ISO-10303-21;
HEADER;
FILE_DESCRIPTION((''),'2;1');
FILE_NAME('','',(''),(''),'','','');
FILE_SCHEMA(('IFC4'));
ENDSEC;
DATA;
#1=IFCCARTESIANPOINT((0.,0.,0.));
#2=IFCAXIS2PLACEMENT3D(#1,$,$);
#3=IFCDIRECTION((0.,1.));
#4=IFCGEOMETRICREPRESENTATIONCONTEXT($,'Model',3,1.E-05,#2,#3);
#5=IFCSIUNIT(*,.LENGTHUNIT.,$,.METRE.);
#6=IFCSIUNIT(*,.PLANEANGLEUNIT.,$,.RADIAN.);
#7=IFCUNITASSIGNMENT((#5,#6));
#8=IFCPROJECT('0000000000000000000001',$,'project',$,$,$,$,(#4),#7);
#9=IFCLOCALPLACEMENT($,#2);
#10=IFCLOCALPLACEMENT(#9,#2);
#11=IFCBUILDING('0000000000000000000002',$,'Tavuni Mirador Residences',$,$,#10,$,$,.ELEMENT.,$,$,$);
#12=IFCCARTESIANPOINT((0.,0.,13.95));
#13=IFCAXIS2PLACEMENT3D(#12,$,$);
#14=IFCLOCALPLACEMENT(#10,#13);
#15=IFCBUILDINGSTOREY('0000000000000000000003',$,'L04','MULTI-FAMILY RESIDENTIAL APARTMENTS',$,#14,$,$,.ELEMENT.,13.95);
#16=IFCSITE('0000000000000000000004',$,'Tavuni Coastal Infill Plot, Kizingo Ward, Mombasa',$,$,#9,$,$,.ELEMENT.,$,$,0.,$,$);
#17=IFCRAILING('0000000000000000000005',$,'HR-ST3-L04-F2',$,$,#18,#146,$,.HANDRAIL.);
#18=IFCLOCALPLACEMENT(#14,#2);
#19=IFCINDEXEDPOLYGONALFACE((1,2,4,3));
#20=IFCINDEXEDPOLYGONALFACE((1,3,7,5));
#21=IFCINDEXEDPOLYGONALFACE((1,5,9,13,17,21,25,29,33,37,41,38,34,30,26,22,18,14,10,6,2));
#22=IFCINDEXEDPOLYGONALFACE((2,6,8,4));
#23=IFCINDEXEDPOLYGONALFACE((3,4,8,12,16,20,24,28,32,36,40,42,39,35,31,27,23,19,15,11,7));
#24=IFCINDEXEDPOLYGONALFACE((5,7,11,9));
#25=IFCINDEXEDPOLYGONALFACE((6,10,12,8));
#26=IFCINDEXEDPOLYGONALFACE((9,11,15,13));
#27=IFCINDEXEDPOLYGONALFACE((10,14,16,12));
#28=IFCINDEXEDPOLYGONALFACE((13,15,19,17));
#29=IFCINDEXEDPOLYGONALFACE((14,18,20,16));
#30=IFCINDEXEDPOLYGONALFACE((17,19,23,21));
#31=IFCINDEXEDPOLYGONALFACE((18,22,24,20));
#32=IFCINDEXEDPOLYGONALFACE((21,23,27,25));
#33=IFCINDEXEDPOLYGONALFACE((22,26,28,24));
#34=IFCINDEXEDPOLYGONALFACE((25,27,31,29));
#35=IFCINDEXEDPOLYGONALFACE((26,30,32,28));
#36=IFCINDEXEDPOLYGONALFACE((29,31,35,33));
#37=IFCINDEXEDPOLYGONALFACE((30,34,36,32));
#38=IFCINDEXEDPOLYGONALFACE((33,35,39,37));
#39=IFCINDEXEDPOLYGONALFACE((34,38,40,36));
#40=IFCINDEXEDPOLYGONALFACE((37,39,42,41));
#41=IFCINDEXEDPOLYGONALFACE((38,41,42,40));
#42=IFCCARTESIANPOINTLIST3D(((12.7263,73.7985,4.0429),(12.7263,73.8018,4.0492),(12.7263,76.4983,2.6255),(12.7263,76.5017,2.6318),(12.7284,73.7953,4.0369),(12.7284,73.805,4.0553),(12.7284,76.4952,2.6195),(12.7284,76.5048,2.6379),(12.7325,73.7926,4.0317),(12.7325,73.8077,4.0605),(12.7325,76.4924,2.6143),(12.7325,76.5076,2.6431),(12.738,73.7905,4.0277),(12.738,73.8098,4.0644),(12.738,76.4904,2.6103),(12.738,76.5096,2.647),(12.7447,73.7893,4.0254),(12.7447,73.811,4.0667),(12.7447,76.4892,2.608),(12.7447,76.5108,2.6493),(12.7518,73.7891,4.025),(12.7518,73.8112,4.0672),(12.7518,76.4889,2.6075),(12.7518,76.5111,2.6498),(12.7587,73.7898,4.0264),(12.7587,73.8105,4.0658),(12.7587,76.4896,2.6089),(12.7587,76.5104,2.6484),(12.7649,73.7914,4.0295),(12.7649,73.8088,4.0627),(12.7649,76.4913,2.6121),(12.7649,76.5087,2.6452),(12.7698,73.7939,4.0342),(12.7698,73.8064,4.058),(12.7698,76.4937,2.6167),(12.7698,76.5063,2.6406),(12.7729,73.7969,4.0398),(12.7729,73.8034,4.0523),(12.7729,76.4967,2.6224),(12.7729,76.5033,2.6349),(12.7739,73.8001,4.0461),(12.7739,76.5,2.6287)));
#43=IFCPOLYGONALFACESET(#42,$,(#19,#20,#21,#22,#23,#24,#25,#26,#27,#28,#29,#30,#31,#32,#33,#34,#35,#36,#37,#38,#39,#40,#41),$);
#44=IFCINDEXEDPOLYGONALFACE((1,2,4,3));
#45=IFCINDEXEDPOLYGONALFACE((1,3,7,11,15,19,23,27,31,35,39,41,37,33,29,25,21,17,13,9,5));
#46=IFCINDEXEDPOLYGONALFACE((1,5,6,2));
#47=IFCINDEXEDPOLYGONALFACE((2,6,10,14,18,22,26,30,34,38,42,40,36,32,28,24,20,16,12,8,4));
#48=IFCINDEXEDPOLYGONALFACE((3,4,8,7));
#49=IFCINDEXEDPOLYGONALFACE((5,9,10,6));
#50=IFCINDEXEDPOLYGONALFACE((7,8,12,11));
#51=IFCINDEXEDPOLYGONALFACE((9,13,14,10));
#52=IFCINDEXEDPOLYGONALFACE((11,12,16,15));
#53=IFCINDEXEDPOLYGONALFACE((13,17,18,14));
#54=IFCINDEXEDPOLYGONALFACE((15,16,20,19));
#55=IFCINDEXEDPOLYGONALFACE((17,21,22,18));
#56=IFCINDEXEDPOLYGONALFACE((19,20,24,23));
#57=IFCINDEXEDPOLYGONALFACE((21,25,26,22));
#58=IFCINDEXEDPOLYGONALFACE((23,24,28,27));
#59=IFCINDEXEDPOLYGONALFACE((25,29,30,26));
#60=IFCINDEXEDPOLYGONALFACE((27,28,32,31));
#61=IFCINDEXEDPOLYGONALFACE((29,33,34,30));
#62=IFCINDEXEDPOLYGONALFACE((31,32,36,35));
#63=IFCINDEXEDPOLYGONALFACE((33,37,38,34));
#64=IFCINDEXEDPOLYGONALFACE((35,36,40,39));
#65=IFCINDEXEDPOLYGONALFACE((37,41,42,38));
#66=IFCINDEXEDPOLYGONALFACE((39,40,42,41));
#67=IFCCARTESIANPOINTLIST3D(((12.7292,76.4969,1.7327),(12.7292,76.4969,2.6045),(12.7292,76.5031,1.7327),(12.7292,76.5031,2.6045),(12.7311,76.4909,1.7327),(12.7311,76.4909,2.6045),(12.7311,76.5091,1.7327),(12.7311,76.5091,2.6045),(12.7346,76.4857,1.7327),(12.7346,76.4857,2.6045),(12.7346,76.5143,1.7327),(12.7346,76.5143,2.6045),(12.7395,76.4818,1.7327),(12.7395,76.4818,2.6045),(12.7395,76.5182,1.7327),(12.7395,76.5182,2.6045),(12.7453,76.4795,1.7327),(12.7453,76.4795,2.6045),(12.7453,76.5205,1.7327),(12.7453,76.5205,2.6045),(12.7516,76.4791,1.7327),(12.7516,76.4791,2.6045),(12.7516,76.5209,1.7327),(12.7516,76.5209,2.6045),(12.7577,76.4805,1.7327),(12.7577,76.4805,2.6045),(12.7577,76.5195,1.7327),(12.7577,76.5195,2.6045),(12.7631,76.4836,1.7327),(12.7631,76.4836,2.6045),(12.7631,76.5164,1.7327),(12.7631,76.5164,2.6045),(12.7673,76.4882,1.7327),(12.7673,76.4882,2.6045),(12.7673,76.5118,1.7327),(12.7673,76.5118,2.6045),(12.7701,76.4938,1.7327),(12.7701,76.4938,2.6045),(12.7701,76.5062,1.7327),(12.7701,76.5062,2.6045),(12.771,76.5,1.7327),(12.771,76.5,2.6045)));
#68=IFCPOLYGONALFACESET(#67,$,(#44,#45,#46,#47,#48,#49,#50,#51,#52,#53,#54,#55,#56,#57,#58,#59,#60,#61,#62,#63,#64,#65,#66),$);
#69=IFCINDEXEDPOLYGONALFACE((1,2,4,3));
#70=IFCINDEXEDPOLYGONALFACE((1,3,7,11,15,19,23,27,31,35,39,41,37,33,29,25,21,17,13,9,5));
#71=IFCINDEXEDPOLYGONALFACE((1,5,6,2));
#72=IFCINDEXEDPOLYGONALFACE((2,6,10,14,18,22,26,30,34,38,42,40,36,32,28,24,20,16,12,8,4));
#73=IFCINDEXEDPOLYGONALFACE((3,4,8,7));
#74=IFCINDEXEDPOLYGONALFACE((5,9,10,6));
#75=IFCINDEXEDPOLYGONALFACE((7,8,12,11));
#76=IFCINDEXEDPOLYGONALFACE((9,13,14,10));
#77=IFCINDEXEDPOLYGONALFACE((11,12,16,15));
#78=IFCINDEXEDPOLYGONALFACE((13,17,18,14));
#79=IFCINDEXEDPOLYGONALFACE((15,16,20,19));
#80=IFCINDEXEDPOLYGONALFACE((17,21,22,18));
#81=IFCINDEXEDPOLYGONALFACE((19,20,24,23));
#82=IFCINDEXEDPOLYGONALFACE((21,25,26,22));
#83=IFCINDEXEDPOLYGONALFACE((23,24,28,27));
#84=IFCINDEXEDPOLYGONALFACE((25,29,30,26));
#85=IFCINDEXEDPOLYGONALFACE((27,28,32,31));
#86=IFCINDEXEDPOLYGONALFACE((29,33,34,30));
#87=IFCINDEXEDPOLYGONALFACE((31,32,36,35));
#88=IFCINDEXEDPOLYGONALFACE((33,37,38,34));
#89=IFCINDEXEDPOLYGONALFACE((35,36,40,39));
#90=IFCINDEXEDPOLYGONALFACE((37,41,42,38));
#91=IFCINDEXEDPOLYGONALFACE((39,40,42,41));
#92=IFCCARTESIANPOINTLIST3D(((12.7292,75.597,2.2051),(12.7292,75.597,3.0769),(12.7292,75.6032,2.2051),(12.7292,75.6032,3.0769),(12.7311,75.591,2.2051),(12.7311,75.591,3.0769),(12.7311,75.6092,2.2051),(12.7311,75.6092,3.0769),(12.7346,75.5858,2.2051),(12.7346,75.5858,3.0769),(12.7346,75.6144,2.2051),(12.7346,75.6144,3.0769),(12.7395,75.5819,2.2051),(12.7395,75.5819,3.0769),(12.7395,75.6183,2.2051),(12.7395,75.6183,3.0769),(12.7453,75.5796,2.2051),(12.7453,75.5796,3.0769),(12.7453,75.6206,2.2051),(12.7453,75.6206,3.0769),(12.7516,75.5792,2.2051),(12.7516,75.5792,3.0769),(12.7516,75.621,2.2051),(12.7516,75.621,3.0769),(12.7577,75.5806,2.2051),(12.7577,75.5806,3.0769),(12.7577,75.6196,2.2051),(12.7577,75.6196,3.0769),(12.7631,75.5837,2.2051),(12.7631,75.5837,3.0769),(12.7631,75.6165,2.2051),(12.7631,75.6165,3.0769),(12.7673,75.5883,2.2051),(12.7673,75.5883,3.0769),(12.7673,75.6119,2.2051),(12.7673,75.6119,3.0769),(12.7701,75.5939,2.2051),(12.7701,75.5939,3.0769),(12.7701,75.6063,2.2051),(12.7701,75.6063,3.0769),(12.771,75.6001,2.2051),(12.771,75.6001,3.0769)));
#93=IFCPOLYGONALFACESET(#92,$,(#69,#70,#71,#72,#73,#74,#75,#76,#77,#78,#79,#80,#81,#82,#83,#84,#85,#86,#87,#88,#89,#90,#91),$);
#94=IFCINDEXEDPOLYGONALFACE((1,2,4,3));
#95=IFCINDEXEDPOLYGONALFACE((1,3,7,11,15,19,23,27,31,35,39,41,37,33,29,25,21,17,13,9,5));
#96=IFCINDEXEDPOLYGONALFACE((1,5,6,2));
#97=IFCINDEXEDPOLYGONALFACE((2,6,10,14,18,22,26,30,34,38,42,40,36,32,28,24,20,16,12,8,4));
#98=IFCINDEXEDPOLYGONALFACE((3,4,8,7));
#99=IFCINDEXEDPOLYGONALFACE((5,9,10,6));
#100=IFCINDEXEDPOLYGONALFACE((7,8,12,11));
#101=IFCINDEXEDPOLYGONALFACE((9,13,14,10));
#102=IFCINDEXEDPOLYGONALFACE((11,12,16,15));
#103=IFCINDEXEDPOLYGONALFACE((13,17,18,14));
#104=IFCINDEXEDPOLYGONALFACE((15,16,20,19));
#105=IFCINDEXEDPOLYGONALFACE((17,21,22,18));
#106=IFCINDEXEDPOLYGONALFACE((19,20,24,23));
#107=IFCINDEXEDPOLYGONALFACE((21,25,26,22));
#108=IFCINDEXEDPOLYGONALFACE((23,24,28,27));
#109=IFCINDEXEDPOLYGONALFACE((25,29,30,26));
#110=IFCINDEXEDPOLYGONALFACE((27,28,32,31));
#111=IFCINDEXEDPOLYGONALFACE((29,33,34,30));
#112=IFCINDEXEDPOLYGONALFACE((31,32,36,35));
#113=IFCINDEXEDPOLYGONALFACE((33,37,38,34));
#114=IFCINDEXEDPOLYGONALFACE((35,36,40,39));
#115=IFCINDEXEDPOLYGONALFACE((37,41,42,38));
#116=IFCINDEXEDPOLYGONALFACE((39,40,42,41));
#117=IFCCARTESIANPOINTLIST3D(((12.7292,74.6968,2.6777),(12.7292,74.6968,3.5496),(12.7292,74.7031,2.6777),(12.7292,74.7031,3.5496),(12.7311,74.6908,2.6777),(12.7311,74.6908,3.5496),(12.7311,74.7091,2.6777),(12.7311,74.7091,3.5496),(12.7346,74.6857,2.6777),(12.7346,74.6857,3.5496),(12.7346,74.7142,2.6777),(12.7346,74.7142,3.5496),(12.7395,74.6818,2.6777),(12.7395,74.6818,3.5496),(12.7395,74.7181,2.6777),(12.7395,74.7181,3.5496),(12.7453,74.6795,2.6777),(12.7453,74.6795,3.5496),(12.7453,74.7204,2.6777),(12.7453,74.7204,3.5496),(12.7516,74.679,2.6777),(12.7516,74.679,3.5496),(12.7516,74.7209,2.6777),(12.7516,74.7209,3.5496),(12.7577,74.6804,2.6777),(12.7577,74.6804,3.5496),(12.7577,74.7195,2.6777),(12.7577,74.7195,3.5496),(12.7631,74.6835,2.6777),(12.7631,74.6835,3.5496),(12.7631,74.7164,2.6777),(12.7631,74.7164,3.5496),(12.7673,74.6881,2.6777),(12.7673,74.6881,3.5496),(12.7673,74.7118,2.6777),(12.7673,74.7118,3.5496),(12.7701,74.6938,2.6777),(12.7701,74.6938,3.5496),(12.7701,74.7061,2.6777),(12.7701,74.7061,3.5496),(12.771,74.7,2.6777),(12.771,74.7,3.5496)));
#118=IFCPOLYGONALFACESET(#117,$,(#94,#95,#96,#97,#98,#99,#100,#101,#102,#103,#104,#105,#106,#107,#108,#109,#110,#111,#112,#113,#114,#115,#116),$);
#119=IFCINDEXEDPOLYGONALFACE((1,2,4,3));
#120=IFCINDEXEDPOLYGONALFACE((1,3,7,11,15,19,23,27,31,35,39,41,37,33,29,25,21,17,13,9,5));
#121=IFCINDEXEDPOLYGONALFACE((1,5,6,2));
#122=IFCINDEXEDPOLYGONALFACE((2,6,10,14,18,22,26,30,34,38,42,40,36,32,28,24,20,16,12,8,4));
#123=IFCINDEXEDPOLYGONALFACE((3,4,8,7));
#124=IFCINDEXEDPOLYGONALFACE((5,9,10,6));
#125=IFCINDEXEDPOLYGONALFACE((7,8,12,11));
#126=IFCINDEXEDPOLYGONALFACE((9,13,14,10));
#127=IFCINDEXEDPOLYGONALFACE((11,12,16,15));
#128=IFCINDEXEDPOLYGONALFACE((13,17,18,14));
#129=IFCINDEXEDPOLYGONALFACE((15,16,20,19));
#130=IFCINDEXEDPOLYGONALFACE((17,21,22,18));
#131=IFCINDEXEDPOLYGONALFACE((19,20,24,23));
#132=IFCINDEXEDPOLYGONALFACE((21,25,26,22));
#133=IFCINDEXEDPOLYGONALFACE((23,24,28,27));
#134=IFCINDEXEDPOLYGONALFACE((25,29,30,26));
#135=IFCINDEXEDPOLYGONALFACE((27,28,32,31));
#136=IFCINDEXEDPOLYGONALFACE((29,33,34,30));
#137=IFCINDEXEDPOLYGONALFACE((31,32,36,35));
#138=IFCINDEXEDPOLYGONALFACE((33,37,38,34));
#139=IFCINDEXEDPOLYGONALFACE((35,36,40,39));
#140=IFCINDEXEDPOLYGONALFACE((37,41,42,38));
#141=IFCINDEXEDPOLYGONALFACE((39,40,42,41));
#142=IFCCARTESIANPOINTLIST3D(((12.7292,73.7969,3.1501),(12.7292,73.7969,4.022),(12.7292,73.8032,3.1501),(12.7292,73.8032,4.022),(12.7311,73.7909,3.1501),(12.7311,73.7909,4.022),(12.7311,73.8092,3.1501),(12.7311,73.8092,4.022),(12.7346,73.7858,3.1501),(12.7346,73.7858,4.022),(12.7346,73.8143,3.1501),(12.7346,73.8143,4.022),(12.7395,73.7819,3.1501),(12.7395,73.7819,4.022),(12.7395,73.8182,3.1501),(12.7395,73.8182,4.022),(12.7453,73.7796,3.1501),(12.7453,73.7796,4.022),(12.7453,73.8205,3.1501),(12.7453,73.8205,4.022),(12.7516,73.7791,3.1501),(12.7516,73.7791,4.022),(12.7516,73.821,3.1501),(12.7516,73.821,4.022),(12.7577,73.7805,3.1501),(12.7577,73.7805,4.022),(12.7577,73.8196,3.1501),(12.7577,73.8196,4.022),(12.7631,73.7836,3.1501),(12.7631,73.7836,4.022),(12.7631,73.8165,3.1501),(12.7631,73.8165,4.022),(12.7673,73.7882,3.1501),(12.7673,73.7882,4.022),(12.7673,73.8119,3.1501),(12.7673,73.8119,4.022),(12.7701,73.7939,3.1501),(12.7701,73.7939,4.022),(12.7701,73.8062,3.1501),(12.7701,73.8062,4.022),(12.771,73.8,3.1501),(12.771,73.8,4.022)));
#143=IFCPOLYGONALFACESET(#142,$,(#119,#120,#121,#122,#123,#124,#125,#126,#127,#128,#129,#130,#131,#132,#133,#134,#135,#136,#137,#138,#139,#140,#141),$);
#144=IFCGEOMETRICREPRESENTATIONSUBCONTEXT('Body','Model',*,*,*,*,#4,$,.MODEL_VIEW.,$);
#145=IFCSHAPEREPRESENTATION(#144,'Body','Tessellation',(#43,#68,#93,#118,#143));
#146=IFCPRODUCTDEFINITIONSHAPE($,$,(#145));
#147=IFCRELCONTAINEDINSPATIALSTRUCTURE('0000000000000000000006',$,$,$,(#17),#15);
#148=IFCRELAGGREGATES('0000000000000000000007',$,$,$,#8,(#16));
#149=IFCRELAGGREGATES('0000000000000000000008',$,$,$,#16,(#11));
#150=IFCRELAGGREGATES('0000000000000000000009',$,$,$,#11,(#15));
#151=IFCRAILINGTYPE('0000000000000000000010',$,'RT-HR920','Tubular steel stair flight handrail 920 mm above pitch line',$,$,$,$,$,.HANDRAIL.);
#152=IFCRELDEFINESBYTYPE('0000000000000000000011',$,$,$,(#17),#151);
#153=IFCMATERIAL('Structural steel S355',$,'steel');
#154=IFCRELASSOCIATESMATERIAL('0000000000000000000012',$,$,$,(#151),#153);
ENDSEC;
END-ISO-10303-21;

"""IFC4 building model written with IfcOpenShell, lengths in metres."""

from ifc_helpers import new_model, si_unit, direction, frame, origin, origin_2d, place, context, subcontext, project, spatial, circle, extrude, material, type_object, element, save


model = new_model("IFC4")

# Units and contexts
model_context = context("Model", 3, precision=1e-05, world=origin(), true_north=direction((0.0, 1.0)))
body_context = subcontext(model_context, "Body", "Model", "MODEL_VIEW")
ifc_project = project(units=[si_unit("LENGTHUNIT", "METRE"), si_unit("PLANEANGLEUNIT", "RADIAN")], contexts=[model_context])

# Site, building, storey
site_placement = place(None, origin())
site = spatial("IfcSite", under=ifc_project, at=site_placement, Name="Tavuni Coastal Infill Plot, Kizingo Ward, Mombasa", CompositionType="ELEMENT", RefElevation=0.0)
building_placement = place(site_placement, origin())
building = spatial("IfcBuilding", under=site, at=building_placement, Name="Tavuni Mirador Residences", CompositionType="ELEMENT")
storey_placement = place(building_placement, frame((0.0, 0.0, 13.95)))
storey = spatial("IfcBuildingStorey", under=building, at=storey_placement, Name="L04", Description="MULTI-FAMILY RESIDENTIAL APARTMENTS", CompositionType="ELEMENT", Elevation=13.95)

# Shared definitions
ifc_material_1 = material(Name="Structural steel S355", Category="steel")

# Railing
railing_type_1 = type_object("IfcRailingType", Name="RT-HR920", Description="Tubular steel stair flight handrail 920 mm above pitch line", PredefinedType="HANDRAIL", material=ifc_material_1)
railing_1_placement = place(storey_placement, frame((12.75, 76.5, 1.7327)))
element("IfcRailing", 1, at=railing_1_placement, inside=storey, type_object=railing_type_1, Name="HR-ST3-L04-F2", PredefinedType="HANDRAIL", context=body_context, shape_type="SweptSolid", body=[
    extrude(circle(Radius=0.0239, at=origin_2d()), frame((0.0, 0.0, 0.896), z_axis=(0.0, -0.885397, 0.464835), x_axis=(1.0, 0.0, 0.0)), (0.0, 0.0, 1.0), 3.0493),
    extrude(circle(Radius=0.021, at=origin_2d()), origin(), (0.0, 0.0, 1.0), 0.8718),
    extrude(circle(Radius=0.021, at=origin_2d()), frame((0.0, -0.8999, 0.4724)), (0.0, 0.0, 1.0), 0.8718),
    extrude(circle(Radius=0.021, at=origin_2d()), frame((0.0, -1.8, 0.9451)), (0.0, 0.0, 1.0), 0.8718),
    extrude(circle(Radius=0.021, at=origin_2d()), frame((0.0, -2.7, 1.4175)), (0.0, 0.0, 1.0), 0.8718),
])

save(model, "model.ifc")
